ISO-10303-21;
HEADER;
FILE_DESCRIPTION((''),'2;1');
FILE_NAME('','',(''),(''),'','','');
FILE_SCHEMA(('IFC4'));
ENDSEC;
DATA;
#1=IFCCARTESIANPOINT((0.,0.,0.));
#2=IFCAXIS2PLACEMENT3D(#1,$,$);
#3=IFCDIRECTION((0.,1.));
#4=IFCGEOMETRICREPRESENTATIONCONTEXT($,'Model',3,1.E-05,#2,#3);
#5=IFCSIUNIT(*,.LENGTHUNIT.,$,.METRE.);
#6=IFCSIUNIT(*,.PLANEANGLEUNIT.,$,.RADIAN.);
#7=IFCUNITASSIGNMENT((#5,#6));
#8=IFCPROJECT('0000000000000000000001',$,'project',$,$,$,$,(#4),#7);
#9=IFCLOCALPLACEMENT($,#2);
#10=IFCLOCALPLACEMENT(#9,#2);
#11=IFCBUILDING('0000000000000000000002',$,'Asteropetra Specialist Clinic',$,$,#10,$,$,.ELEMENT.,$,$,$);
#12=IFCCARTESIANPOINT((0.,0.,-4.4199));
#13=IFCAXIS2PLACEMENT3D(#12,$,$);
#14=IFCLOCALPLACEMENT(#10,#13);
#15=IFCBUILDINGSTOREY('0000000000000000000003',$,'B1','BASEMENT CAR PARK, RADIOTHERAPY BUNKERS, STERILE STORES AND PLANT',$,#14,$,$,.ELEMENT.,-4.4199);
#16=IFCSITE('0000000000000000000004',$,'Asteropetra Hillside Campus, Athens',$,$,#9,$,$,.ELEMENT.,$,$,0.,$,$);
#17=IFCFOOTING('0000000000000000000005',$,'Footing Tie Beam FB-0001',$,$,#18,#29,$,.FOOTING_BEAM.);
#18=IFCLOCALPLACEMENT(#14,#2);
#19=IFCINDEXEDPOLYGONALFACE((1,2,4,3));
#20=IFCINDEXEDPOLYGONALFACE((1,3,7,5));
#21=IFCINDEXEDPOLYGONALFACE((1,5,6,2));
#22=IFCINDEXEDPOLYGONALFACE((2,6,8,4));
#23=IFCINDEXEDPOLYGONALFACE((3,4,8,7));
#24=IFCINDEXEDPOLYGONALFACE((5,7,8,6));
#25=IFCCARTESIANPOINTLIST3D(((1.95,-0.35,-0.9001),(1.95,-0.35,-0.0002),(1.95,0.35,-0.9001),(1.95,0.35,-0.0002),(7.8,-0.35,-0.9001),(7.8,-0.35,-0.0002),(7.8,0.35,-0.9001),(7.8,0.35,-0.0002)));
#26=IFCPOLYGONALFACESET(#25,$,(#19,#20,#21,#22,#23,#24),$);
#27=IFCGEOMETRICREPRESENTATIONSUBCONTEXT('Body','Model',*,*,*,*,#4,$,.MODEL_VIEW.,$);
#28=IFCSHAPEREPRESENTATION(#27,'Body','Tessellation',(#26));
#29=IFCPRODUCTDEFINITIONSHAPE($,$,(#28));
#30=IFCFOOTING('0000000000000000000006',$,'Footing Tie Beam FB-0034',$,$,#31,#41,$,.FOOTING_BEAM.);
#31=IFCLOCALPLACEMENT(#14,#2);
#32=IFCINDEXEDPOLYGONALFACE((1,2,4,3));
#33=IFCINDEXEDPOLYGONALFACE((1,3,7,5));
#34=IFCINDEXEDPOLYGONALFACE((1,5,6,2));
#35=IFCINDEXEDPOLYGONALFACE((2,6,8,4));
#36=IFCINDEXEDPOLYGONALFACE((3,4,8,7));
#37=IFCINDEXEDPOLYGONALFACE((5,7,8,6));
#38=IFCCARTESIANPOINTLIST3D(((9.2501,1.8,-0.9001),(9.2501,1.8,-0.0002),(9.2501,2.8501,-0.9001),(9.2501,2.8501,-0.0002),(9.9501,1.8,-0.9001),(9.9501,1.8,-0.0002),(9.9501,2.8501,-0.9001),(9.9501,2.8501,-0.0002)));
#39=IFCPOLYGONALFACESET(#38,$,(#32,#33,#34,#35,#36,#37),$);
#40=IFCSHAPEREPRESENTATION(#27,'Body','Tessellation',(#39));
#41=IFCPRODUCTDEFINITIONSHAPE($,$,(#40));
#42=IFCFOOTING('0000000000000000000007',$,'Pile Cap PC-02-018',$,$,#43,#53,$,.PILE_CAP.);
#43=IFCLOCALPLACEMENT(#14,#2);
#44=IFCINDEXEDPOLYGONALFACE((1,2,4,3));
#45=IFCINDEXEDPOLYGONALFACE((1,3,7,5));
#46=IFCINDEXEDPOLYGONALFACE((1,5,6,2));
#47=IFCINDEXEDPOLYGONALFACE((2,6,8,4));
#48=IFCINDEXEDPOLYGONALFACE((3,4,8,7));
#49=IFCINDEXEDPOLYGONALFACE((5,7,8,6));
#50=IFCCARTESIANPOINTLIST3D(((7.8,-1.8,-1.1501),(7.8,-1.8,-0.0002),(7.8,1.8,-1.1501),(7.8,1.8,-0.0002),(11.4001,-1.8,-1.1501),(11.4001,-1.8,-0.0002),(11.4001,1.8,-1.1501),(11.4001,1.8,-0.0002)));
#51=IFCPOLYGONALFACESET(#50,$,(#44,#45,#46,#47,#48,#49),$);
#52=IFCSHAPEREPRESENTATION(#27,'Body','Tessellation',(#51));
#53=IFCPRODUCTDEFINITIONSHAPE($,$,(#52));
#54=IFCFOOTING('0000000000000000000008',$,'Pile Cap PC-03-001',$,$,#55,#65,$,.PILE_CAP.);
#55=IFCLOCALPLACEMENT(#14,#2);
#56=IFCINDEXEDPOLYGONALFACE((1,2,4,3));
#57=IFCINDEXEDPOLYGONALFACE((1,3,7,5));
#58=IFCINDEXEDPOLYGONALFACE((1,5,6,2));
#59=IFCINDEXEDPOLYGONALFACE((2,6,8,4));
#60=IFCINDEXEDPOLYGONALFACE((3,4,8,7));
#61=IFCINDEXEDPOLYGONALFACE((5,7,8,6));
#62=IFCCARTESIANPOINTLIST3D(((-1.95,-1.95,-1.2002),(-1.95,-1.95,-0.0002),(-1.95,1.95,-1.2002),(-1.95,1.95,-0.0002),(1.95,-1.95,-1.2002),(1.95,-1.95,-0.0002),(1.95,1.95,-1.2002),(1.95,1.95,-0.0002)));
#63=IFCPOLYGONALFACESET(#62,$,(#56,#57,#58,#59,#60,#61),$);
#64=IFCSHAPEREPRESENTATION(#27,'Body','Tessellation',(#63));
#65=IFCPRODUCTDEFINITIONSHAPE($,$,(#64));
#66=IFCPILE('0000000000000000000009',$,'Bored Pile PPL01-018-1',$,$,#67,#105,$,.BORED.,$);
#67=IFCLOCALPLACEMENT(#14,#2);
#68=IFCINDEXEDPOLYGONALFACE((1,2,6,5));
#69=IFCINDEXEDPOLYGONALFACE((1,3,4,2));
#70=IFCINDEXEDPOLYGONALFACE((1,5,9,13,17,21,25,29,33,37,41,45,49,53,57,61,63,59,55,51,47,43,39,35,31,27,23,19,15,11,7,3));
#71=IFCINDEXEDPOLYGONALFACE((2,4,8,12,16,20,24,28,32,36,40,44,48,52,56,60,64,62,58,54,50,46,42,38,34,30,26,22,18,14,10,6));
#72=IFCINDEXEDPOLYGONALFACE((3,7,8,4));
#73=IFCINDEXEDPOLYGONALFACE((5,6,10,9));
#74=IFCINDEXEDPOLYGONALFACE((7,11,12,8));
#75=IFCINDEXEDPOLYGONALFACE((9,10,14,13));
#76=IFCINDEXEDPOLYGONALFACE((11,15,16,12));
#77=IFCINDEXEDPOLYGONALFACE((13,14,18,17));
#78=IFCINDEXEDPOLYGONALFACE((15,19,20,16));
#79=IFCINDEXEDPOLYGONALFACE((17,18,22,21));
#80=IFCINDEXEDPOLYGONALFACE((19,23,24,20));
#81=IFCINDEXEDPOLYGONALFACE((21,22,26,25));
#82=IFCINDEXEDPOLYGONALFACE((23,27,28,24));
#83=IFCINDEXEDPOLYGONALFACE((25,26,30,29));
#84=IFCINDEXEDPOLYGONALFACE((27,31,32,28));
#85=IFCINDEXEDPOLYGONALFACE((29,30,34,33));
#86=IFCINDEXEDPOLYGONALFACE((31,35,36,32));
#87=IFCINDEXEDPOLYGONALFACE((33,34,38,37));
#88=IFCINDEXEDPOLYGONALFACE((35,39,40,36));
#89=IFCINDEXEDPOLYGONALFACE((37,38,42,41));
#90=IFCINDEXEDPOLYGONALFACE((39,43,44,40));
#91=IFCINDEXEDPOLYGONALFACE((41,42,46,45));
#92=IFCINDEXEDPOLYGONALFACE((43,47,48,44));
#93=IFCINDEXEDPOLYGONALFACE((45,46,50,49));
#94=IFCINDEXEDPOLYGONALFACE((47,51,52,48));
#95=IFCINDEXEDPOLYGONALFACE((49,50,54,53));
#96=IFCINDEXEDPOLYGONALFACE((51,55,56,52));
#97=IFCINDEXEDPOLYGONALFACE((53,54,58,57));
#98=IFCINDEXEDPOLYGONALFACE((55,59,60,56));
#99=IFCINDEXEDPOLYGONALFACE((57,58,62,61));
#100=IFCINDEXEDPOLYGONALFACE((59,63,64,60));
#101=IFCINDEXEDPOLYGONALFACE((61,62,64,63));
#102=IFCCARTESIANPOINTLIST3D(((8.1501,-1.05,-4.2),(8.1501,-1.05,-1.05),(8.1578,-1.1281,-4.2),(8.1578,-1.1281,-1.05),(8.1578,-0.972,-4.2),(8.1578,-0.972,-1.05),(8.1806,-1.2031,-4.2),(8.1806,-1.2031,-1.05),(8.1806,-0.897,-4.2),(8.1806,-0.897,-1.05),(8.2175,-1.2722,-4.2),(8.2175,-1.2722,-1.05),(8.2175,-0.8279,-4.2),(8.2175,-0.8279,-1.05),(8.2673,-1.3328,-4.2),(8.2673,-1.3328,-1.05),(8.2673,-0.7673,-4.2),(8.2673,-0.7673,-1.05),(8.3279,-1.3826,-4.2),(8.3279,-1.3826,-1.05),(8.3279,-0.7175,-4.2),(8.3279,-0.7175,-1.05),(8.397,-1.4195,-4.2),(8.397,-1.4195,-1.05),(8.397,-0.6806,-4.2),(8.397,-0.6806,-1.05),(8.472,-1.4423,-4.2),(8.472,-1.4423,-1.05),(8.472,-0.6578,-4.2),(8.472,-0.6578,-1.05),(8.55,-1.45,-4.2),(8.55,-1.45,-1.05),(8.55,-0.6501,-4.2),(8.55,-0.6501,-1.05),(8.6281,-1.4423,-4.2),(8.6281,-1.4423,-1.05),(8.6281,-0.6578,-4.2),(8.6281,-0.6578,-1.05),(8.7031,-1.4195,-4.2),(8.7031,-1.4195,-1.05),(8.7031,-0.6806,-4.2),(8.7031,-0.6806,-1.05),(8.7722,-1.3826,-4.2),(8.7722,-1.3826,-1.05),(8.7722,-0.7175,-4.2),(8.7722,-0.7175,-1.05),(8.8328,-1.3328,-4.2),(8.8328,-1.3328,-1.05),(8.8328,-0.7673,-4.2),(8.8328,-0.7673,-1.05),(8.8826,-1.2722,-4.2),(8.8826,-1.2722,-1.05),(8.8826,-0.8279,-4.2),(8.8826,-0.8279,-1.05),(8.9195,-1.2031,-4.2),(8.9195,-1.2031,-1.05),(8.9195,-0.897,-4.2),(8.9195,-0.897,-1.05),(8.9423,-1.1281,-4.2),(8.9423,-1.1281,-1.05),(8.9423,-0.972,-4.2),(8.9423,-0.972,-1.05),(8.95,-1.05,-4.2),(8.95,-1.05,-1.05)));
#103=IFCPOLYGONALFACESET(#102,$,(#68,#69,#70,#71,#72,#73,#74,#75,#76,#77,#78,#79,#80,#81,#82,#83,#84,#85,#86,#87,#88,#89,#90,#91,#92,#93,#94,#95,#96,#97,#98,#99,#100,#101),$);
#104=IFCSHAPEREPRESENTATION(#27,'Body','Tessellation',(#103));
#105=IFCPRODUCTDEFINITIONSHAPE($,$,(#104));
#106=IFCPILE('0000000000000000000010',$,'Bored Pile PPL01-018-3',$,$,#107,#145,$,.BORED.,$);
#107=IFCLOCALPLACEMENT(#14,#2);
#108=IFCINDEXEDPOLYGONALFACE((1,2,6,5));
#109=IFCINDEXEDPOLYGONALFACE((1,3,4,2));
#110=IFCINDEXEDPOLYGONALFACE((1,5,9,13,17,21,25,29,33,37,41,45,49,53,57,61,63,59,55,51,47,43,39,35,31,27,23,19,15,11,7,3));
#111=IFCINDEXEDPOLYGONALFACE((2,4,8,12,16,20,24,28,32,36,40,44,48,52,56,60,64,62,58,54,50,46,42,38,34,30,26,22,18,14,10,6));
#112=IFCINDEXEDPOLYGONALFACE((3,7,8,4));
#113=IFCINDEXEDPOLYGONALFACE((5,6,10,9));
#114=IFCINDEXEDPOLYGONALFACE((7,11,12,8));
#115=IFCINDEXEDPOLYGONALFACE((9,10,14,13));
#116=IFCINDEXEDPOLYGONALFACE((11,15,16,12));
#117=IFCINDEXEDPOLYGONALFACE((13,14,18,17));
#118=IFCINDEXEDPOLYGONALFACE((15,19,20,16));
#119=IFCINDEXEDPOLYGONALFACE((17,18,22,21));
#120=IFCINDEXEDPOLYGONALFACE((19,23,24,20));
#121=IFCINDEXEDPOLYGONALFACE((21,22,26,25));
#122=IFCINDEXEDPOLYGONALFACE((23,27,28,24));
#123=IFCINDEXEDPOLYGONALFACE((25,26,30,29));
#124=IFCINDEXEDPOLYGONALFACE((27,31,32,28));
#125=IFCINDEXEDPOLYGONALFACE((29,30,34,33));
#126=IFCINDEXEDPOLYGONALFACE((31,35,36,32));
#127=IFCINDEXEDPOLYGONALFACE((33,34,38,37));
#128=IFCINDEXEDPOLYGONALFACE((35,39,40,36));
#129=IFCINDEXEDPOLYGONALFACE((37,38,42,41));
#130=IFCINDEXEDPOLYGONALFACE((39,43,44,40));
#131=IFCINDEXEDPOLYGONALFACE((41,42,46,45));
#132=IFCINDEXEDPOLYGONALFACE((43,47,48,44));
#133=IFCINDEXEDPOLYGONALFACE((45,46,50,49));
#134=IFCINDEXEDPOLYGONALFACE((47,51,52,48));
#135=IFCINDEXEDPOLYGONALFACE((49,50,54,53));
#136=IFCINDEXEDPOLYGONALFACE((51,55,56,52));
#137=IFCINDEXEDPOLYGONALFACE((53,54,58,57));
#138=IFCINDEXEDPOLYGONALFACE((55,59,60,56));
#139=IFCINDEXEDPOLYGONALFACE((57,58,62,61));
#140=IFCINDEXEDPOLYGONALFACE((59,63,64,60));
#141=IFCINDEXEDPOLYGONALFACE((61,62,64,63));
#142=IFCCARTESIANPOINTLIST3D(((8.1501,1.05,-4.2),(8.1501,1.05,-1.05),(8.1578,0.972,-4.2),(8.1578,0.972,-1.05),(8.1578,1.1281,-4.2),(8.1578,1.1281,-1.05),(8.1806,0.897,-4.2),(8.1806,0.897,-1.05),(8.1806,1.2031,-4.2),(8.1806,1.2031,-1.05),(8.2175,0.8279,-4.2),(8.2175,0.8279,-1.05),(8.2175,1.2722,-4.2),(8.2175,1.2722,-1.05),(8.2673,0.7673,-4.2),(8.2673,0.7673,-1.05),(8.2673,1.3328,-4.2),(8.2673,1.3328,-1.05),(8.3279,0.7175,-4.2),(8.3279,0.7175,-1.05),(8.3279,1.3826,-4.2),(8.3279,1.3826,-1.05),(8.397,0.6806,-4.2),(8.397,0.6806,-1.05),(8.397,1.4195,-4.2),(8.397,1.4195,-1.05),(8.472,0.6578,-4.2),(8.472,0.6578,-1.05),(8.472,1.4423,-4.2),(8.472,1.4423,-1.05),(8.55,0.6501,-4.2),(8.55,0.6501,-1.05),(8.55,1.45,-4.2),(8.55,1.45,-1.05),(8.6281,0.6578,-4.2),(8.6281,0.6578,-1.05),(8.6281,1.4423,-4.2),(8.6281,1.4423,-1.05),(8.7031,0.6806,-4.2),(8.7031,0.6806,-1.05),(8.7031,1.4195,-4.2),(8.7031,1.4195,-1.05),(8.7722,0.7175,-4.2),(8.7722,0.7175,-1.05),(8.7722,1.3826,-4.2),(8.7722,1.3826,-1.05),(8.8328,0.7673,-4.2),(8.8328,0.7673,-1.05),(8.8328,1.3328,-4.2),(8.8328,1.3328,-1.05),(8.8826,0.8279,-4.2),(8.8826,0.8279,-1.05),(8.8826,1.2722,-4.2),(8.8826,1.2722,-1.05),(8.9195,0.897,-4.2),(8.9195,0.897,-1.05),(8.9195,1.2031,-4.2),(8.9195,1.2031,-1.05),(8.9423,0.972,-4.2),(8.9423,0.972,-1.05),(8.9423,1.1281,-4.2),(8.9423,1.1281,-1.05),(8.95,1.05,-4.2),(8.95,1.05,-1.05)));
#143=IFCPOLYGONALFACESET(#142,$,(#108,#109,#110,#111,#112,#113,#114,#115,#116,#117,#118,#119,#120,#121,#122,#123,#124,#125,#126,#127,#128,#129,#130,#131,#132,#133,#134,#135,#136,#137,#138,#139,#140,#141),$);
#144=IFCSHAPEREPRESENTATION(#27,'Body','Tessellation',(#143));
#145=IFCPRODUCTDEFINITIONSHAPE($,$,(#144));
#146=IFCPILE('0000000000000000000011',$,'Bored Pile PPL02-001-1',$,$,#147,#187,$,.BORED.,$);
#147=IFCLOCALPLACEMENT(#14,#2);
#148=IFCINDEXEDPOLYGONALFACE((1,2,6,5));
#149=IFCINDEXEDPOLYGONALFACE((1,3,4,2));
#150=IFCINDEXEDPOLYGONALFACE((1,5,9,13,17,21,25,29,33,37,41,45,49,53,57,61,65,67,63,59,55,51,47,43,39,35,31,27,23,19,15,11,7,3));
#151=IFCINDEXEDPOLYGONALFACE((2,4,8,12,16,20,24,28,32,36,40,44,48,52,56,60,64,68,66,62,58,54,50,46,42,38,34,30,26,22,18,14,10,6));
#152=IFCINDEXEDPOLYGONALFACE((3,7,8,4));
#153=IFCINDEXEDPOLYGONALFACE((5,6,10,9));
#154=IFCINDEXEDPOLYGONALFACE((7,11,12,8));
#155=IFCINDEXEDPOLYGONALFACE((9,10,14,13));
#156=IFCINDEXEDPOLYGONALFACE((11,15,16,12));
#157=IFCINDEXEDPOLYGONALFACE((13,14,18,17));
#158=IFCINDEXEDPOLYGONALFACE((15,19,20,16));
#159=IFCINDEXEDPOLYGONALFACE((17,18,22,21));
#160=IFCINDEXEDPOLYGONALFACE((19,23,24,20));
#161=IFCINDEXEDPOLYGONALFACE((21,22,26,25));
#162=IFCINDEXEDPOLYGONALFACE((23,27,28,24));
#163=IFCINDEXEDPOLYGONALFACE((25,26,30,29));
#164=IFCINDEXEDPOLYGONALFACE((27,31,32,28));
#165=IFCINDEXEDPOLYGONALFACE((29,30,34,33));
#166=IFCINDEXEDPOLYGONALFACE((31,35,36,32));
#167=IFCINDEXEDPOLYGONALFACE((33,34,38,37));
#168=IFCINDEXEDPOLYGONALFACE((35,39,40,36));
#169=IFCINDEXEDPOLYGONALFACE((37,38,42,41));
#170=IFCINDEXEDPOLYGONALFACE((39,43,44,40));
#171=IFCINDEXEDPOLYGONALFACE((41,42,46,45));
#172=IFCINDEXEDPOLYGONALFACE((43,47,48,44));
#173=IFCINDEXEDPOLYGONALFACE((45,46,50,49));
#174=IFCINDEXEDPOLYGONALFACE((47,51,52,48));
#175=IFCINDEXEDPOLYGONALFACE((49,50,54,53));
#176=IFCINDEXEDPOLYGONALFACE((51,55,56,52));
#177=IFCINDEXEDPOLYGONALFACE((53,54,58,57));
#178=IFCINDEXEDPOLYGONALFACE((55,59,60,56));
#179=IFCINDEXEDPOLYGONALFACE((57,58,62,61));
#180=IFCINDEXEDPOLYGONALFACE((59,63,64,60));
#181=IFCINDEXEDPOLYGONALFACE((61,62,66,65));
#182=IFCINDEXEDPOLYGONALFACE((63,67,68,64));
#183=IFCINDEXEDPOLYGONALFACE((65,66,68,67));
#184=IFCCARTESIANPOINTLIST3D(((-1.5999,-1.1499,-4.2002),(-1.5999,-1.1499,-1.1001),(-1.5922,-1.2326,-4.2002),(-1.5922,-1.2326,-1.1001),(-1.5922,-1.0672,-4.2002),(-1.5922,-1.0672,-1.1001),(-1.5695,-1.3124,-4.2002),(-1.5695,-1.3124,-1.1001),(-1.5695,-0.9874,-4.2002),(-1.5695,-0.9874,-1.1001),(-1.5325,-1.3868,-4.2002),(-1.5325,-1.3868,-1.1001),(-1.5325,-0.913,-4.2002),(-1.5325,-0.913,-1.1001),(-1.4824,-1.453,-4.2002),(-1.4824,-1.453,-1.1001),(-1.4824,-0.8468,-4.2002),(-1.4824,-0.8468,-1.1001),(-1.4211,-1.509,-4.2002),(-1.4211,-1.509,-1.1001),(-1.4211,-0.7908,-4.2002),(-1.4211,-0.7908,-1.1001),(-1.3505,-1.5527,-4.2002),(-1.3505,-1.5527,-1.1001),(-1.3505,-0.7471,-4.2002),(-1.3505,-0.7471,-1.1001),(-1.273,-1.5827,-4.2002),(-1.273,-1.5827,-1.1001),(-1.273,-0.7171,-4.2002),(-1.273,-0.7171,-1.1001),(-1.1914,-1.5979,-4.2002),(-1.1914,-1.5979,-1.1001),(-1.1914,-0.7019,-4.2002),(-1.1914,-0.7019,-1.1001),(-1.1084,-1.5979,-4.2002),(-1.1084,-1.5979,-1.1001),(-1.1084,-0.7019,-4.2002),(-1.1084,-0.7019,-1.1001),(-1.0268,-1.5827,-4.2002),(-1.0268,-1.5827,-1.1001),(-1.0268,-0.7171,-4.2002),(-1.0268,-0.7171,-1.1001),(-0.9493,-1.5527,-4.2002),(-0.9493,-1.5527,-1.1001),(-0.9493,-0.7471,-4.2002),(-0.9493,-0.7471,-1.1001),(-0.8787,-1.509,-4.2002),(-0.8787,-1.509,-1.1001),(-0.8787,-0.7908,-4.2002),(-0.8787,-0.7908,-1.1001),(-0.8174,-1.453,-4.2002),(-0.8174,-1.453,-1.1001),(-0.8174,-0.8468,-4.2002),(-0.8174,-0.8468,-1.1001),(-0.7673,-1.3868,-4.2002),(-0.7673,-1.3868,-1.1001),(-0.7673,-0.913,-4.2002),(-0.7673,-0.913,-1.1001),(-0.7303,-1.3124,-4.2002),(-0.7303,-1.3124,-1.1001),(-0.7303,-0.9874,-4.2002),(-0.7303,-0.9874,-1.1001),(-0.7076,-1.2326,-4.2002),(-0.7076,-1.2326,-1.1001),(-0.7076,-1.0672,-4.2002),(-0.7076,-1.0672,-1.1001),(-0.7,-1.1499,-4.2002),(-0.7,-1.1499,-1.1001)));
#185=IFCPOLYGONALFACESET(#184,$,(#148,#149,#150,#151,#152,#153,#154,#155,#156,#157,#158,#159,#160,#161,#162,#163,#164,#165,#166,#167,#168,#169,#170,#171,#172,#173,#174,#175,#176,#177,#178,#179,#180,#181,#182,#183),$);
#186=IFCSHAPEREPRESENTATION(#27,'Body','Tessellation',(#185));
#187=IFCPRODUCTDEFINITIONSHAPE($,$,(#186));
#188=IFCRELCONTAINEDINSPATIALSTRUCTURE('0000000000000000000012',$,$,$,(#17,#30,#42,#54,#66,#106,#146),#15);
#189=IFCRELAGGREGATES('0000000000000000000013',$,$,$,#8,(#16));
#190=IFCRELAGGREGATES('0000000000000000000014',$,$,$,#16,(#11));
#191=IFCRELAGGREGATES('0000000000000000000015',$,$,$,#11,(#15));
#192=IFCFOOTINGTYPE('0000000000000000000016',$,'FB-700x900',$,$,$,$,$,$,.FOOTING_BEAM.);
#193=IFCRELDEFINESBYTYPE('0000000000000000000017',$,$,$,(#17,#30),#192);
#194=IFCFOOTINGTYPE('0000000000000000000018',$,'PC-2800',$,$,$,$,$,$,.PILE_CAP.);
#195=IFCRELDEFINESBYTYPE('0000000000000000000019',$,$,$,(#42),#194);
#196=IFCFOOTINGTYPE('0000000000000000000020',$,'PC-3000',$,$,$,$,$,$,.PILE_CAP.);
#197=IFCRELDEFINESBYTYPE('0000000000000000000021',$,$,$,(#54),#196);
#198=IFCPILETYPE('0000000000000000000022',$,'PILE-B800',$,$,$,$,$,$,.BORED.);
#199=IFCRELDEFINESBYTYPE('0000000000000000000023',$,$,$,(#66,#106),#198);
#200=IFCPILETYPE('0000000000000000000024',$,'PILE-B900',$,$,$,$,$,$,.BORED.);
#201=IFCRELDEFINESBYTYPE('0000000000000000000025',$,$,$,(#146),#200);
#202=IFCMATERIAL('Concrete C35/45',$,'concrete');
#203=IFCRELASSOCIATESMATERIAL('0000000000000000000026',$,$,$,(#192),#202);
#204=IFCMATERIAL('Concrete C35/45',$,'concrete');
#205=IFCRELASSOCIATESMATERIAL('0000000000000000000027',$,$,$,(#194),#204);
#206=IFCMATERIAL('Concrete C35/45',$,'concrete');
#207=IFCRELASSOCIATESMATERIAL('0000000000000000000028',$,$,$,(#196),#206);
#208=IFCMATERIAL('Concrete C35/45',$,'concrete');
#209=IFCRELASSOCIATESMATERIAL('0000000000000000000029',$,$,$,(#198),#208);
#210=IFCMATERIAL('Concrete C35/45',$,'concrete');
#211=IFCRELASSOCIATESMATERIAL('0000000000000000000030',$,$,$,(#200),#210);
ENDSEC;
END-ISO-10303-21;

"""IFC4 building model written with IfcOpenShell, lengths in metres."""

from ifc_helpers import new_model, si_unit, direction, frame, origin, origin_2d, place, context, subcontext, project, spatial, rectangle, circle, extrude, material, material_profile, profile_set, type_object, element, save


model = new_model("IFC4")

# Units and contexts
model_context = context("Model", 3, precision=1e-05, world=origin(), true_north=direction((0.0, 1.0)))
body_context = subcontext(model_context, "Body", "Model", "MODEL_VIEW")
ifc_project = project(units=[si_unit("LENGTHUNIT", "METRE"), si_unit("PLANEANGLEUNIT", "RADIAN")], contexts=[model_context])

# Site, building, storey
site_placement = place(None, origin())
site = spatial("IfcSite", under=ifc_project, at=site_placement, Name="Asteropetra Hillside Campus, Athens", CompositionType="ELEMENT", RefElevation=0.0)
building_placement = place(site_placement, origin())
building = spatial("IfcBuilding", under=site, at=building_placement, Name="Asteropetra Specialist Clinic", CompositionType="ELEMENT")
storey_placement = place(building_placement, frame((0.0, 0.0, -4.4199)))
storey = spatial("IfcBuildingStorey", under=building, at=storey_placement, Name="B1", Description="BASEMENT CAR PARK, RADIOTHERAPY BUNKERS, STERILE STORES AND PLANT", CompositionType="ELEMENT", Elevation=-4.4199)

# Footings
ifc_material_1 = material(Name="Concrete C35/45", Category="concrete")
ifc_material_profile_1 = material_profile(ifc_material_1, rectangle(XDim=0.7, YDim=0.8999, at=origin_2d()), Name="FB 700x900")
ifc_profile_set_1 = profile_set([ifc_material_profile_1], Name="Concrete C35/45")
footing_type_1 = type_object("IfcFootingType", Name="FB-700x900", PredefinedType="FOOTING_BEAM", material=ifc_profile_set_1)
footing_1_placement = place(storey_placement, frame((1.95, 0.0, -0.4502), z_axis=(1.0, 0.0, 0.0), x_axis=(0.0, 1.0, 0.0)))
element("IfcFooting", 1, at=footing_1_placement, inside=storey, type_object=footing_type_1, Name="Footing Tie Beam FB-0001", PredefinedType="FOOTING_BEAM", context=body_context, shape_type="SweptSolid", body=[
    extrude(rectangle(XDim=0.7, YDim=0.8999, at=origin_2d()), origin(), (0.0, 0.0, 1.0), 5.8501),
])
footing_2_placement = place(storey_placement, frame((9.6001, 1.8, -0.4502), z_axis=(0.0, 1.0, 0.0), x_axis=(-1.0, 0.0, 0.0)))
element("IfcFooting", 2, at=footing_2_placement, inside=storey, type_object=footing_type_1, Name="Footing Tie Beam FB-0034", PredefinedType="FOOTING_BEAM", context=body_context, shape_type="SweptSolid", body=[
    extrude(rectangle(XDim=0.7, YDim=0.8999, at=origin_2d()), origin(), (0.0, 0.0, 1.0), 1.05),
])
ifc_material_2 = material(Name="Concrete C35/45", Category="concrete")
footing_type_2 = type_object("IfcFootingType", Name="PC-2800", PredefinedType="PILE_CAP", material=ifc_material_2)
footing_3_placement = place(storey_placement, frame((9.6001, 0.0, -1.1501), z_axis=(0.0, 0.0, 1.0), x_axis=(1.0, 0.0, 0.0)))
element("IfcFooting", 3, at=footing_3_placement, inside=storey, type_object=footing_type_2, Name="Pile Cap PC-02-018", PredefinedType="PILE_CAP", context=body_context, shape_type="SweptSolid", body=[
    extrude(rectangle(XDim=3.6001, YDim=3.6001, at=origin_2d()), origin(), (0.0, 0.0, 1.0), 1.1499),
])
ifc_material_3 = material(Name="Concrete C35/45", Category="concrete")
footing_type_3 = type_object("IfcFootingType", Name="PC-3000", PredefinedType="PILE_CAP", material=ifc_material_3)
footing_4_placement = place(storey_placement, frame((0.0, 0.0, -1.2002), z_axis=(0.0, 0.0, 1.0), x_axis=(1.0, 0.0, 0.0)))
element("IfcFooting", 4, at=footing_4_placement, inside=storey, type_object=footing_type_3, Name="Pile Cap PC-03-001", PredefinedType="PILE_CAP", context=body_context, shape_type="SweptSolid", body=[
    extrude(rectangle(XDim=3.8999, YDim=3.8999, at=origin_2d()), origin(), (0.0, 0.0, 1.0), 1.2),
])

# Piles
ifc_material_4 = material(Name="Concrete C35/45", Category="concrete")
ifc_material_profile_2 = material_profile(ifc_material_4, circle(Radius=0.3999, at=origin_2d()), Name="PILE D800")
ifc_profile_set_2 = profile_set([ifc_material_profile_2], Name="Concrete C35/45")
pile_type_1 = type_object("IfcPileType", Name="PILE-B800", PredefinedType="BORED", material=ifc_profile_set_2)
for number, where, z_axis, x_axis, name in (
    (5, (8.55, -1.05, -1.05), (0.0, 0.0, -1.0), (1.0, 0.0, 0.0), "Bored Pile PPL01-018-1"),
    (6, (8.55, 1.05, -1.05), (0.0, 0.0, -1.0), (1.0, 0.0, 0.0), "Bored Pile PPL01-018-3"),
):
    element("IfcPile", number, at=place(storey_placement, frame(where, z_axis=z_axis, x_axis=x_axis)), inside=storey, type_object=pile_type_1, Name=name, PredefinedType="BORED", context=body_context, shape_type="SweptSolid", body=[
        extrude(circle(Radius=0.3999, at=origin_2d()), origin(), (0.0, 0.0, 1.0), 3.1499),
    ])
ifc_material_5 = material(Name="Concrete C35/45", Category="concrete")
ifc_material_profile_3 = material_profile(ifc_material_5, circle(Radius=0.45, at=origin_2d()), Name="PILE D900")
ifc_profile_set_3 = profile_set([ifc_material_profile_3], Name="Concrete C35/45")
pile_type_2 = type_object("IfcPileType", Name="PILE-B900", PredefinedType="BORED", material=ifc_profile_set_3)
for number, where, z_axis, x_axis, name in (
    (7, (-1.1499, -1.1499, -1.1001), (0.0, 0.0, -1.0), (1.0, 0.0, 0.0), "Bored Pile PPL02-001-1"),
):
    element("IfcPile", number, at=place(storey_placement, frame(where, z_axis=z_axis, x_axis=x_axis)), inside=storey, type_object=pile_type_2, Name=name, PredefinedType="BORED", context=body_context, shape_type="SweptSolid", body=[
        extrude(circle(Radius=0.45, at=origin_2d()), origin(), (0.0, 0.0, 1.0), 3.1001),
    ])

save(model, "model.ifc")
